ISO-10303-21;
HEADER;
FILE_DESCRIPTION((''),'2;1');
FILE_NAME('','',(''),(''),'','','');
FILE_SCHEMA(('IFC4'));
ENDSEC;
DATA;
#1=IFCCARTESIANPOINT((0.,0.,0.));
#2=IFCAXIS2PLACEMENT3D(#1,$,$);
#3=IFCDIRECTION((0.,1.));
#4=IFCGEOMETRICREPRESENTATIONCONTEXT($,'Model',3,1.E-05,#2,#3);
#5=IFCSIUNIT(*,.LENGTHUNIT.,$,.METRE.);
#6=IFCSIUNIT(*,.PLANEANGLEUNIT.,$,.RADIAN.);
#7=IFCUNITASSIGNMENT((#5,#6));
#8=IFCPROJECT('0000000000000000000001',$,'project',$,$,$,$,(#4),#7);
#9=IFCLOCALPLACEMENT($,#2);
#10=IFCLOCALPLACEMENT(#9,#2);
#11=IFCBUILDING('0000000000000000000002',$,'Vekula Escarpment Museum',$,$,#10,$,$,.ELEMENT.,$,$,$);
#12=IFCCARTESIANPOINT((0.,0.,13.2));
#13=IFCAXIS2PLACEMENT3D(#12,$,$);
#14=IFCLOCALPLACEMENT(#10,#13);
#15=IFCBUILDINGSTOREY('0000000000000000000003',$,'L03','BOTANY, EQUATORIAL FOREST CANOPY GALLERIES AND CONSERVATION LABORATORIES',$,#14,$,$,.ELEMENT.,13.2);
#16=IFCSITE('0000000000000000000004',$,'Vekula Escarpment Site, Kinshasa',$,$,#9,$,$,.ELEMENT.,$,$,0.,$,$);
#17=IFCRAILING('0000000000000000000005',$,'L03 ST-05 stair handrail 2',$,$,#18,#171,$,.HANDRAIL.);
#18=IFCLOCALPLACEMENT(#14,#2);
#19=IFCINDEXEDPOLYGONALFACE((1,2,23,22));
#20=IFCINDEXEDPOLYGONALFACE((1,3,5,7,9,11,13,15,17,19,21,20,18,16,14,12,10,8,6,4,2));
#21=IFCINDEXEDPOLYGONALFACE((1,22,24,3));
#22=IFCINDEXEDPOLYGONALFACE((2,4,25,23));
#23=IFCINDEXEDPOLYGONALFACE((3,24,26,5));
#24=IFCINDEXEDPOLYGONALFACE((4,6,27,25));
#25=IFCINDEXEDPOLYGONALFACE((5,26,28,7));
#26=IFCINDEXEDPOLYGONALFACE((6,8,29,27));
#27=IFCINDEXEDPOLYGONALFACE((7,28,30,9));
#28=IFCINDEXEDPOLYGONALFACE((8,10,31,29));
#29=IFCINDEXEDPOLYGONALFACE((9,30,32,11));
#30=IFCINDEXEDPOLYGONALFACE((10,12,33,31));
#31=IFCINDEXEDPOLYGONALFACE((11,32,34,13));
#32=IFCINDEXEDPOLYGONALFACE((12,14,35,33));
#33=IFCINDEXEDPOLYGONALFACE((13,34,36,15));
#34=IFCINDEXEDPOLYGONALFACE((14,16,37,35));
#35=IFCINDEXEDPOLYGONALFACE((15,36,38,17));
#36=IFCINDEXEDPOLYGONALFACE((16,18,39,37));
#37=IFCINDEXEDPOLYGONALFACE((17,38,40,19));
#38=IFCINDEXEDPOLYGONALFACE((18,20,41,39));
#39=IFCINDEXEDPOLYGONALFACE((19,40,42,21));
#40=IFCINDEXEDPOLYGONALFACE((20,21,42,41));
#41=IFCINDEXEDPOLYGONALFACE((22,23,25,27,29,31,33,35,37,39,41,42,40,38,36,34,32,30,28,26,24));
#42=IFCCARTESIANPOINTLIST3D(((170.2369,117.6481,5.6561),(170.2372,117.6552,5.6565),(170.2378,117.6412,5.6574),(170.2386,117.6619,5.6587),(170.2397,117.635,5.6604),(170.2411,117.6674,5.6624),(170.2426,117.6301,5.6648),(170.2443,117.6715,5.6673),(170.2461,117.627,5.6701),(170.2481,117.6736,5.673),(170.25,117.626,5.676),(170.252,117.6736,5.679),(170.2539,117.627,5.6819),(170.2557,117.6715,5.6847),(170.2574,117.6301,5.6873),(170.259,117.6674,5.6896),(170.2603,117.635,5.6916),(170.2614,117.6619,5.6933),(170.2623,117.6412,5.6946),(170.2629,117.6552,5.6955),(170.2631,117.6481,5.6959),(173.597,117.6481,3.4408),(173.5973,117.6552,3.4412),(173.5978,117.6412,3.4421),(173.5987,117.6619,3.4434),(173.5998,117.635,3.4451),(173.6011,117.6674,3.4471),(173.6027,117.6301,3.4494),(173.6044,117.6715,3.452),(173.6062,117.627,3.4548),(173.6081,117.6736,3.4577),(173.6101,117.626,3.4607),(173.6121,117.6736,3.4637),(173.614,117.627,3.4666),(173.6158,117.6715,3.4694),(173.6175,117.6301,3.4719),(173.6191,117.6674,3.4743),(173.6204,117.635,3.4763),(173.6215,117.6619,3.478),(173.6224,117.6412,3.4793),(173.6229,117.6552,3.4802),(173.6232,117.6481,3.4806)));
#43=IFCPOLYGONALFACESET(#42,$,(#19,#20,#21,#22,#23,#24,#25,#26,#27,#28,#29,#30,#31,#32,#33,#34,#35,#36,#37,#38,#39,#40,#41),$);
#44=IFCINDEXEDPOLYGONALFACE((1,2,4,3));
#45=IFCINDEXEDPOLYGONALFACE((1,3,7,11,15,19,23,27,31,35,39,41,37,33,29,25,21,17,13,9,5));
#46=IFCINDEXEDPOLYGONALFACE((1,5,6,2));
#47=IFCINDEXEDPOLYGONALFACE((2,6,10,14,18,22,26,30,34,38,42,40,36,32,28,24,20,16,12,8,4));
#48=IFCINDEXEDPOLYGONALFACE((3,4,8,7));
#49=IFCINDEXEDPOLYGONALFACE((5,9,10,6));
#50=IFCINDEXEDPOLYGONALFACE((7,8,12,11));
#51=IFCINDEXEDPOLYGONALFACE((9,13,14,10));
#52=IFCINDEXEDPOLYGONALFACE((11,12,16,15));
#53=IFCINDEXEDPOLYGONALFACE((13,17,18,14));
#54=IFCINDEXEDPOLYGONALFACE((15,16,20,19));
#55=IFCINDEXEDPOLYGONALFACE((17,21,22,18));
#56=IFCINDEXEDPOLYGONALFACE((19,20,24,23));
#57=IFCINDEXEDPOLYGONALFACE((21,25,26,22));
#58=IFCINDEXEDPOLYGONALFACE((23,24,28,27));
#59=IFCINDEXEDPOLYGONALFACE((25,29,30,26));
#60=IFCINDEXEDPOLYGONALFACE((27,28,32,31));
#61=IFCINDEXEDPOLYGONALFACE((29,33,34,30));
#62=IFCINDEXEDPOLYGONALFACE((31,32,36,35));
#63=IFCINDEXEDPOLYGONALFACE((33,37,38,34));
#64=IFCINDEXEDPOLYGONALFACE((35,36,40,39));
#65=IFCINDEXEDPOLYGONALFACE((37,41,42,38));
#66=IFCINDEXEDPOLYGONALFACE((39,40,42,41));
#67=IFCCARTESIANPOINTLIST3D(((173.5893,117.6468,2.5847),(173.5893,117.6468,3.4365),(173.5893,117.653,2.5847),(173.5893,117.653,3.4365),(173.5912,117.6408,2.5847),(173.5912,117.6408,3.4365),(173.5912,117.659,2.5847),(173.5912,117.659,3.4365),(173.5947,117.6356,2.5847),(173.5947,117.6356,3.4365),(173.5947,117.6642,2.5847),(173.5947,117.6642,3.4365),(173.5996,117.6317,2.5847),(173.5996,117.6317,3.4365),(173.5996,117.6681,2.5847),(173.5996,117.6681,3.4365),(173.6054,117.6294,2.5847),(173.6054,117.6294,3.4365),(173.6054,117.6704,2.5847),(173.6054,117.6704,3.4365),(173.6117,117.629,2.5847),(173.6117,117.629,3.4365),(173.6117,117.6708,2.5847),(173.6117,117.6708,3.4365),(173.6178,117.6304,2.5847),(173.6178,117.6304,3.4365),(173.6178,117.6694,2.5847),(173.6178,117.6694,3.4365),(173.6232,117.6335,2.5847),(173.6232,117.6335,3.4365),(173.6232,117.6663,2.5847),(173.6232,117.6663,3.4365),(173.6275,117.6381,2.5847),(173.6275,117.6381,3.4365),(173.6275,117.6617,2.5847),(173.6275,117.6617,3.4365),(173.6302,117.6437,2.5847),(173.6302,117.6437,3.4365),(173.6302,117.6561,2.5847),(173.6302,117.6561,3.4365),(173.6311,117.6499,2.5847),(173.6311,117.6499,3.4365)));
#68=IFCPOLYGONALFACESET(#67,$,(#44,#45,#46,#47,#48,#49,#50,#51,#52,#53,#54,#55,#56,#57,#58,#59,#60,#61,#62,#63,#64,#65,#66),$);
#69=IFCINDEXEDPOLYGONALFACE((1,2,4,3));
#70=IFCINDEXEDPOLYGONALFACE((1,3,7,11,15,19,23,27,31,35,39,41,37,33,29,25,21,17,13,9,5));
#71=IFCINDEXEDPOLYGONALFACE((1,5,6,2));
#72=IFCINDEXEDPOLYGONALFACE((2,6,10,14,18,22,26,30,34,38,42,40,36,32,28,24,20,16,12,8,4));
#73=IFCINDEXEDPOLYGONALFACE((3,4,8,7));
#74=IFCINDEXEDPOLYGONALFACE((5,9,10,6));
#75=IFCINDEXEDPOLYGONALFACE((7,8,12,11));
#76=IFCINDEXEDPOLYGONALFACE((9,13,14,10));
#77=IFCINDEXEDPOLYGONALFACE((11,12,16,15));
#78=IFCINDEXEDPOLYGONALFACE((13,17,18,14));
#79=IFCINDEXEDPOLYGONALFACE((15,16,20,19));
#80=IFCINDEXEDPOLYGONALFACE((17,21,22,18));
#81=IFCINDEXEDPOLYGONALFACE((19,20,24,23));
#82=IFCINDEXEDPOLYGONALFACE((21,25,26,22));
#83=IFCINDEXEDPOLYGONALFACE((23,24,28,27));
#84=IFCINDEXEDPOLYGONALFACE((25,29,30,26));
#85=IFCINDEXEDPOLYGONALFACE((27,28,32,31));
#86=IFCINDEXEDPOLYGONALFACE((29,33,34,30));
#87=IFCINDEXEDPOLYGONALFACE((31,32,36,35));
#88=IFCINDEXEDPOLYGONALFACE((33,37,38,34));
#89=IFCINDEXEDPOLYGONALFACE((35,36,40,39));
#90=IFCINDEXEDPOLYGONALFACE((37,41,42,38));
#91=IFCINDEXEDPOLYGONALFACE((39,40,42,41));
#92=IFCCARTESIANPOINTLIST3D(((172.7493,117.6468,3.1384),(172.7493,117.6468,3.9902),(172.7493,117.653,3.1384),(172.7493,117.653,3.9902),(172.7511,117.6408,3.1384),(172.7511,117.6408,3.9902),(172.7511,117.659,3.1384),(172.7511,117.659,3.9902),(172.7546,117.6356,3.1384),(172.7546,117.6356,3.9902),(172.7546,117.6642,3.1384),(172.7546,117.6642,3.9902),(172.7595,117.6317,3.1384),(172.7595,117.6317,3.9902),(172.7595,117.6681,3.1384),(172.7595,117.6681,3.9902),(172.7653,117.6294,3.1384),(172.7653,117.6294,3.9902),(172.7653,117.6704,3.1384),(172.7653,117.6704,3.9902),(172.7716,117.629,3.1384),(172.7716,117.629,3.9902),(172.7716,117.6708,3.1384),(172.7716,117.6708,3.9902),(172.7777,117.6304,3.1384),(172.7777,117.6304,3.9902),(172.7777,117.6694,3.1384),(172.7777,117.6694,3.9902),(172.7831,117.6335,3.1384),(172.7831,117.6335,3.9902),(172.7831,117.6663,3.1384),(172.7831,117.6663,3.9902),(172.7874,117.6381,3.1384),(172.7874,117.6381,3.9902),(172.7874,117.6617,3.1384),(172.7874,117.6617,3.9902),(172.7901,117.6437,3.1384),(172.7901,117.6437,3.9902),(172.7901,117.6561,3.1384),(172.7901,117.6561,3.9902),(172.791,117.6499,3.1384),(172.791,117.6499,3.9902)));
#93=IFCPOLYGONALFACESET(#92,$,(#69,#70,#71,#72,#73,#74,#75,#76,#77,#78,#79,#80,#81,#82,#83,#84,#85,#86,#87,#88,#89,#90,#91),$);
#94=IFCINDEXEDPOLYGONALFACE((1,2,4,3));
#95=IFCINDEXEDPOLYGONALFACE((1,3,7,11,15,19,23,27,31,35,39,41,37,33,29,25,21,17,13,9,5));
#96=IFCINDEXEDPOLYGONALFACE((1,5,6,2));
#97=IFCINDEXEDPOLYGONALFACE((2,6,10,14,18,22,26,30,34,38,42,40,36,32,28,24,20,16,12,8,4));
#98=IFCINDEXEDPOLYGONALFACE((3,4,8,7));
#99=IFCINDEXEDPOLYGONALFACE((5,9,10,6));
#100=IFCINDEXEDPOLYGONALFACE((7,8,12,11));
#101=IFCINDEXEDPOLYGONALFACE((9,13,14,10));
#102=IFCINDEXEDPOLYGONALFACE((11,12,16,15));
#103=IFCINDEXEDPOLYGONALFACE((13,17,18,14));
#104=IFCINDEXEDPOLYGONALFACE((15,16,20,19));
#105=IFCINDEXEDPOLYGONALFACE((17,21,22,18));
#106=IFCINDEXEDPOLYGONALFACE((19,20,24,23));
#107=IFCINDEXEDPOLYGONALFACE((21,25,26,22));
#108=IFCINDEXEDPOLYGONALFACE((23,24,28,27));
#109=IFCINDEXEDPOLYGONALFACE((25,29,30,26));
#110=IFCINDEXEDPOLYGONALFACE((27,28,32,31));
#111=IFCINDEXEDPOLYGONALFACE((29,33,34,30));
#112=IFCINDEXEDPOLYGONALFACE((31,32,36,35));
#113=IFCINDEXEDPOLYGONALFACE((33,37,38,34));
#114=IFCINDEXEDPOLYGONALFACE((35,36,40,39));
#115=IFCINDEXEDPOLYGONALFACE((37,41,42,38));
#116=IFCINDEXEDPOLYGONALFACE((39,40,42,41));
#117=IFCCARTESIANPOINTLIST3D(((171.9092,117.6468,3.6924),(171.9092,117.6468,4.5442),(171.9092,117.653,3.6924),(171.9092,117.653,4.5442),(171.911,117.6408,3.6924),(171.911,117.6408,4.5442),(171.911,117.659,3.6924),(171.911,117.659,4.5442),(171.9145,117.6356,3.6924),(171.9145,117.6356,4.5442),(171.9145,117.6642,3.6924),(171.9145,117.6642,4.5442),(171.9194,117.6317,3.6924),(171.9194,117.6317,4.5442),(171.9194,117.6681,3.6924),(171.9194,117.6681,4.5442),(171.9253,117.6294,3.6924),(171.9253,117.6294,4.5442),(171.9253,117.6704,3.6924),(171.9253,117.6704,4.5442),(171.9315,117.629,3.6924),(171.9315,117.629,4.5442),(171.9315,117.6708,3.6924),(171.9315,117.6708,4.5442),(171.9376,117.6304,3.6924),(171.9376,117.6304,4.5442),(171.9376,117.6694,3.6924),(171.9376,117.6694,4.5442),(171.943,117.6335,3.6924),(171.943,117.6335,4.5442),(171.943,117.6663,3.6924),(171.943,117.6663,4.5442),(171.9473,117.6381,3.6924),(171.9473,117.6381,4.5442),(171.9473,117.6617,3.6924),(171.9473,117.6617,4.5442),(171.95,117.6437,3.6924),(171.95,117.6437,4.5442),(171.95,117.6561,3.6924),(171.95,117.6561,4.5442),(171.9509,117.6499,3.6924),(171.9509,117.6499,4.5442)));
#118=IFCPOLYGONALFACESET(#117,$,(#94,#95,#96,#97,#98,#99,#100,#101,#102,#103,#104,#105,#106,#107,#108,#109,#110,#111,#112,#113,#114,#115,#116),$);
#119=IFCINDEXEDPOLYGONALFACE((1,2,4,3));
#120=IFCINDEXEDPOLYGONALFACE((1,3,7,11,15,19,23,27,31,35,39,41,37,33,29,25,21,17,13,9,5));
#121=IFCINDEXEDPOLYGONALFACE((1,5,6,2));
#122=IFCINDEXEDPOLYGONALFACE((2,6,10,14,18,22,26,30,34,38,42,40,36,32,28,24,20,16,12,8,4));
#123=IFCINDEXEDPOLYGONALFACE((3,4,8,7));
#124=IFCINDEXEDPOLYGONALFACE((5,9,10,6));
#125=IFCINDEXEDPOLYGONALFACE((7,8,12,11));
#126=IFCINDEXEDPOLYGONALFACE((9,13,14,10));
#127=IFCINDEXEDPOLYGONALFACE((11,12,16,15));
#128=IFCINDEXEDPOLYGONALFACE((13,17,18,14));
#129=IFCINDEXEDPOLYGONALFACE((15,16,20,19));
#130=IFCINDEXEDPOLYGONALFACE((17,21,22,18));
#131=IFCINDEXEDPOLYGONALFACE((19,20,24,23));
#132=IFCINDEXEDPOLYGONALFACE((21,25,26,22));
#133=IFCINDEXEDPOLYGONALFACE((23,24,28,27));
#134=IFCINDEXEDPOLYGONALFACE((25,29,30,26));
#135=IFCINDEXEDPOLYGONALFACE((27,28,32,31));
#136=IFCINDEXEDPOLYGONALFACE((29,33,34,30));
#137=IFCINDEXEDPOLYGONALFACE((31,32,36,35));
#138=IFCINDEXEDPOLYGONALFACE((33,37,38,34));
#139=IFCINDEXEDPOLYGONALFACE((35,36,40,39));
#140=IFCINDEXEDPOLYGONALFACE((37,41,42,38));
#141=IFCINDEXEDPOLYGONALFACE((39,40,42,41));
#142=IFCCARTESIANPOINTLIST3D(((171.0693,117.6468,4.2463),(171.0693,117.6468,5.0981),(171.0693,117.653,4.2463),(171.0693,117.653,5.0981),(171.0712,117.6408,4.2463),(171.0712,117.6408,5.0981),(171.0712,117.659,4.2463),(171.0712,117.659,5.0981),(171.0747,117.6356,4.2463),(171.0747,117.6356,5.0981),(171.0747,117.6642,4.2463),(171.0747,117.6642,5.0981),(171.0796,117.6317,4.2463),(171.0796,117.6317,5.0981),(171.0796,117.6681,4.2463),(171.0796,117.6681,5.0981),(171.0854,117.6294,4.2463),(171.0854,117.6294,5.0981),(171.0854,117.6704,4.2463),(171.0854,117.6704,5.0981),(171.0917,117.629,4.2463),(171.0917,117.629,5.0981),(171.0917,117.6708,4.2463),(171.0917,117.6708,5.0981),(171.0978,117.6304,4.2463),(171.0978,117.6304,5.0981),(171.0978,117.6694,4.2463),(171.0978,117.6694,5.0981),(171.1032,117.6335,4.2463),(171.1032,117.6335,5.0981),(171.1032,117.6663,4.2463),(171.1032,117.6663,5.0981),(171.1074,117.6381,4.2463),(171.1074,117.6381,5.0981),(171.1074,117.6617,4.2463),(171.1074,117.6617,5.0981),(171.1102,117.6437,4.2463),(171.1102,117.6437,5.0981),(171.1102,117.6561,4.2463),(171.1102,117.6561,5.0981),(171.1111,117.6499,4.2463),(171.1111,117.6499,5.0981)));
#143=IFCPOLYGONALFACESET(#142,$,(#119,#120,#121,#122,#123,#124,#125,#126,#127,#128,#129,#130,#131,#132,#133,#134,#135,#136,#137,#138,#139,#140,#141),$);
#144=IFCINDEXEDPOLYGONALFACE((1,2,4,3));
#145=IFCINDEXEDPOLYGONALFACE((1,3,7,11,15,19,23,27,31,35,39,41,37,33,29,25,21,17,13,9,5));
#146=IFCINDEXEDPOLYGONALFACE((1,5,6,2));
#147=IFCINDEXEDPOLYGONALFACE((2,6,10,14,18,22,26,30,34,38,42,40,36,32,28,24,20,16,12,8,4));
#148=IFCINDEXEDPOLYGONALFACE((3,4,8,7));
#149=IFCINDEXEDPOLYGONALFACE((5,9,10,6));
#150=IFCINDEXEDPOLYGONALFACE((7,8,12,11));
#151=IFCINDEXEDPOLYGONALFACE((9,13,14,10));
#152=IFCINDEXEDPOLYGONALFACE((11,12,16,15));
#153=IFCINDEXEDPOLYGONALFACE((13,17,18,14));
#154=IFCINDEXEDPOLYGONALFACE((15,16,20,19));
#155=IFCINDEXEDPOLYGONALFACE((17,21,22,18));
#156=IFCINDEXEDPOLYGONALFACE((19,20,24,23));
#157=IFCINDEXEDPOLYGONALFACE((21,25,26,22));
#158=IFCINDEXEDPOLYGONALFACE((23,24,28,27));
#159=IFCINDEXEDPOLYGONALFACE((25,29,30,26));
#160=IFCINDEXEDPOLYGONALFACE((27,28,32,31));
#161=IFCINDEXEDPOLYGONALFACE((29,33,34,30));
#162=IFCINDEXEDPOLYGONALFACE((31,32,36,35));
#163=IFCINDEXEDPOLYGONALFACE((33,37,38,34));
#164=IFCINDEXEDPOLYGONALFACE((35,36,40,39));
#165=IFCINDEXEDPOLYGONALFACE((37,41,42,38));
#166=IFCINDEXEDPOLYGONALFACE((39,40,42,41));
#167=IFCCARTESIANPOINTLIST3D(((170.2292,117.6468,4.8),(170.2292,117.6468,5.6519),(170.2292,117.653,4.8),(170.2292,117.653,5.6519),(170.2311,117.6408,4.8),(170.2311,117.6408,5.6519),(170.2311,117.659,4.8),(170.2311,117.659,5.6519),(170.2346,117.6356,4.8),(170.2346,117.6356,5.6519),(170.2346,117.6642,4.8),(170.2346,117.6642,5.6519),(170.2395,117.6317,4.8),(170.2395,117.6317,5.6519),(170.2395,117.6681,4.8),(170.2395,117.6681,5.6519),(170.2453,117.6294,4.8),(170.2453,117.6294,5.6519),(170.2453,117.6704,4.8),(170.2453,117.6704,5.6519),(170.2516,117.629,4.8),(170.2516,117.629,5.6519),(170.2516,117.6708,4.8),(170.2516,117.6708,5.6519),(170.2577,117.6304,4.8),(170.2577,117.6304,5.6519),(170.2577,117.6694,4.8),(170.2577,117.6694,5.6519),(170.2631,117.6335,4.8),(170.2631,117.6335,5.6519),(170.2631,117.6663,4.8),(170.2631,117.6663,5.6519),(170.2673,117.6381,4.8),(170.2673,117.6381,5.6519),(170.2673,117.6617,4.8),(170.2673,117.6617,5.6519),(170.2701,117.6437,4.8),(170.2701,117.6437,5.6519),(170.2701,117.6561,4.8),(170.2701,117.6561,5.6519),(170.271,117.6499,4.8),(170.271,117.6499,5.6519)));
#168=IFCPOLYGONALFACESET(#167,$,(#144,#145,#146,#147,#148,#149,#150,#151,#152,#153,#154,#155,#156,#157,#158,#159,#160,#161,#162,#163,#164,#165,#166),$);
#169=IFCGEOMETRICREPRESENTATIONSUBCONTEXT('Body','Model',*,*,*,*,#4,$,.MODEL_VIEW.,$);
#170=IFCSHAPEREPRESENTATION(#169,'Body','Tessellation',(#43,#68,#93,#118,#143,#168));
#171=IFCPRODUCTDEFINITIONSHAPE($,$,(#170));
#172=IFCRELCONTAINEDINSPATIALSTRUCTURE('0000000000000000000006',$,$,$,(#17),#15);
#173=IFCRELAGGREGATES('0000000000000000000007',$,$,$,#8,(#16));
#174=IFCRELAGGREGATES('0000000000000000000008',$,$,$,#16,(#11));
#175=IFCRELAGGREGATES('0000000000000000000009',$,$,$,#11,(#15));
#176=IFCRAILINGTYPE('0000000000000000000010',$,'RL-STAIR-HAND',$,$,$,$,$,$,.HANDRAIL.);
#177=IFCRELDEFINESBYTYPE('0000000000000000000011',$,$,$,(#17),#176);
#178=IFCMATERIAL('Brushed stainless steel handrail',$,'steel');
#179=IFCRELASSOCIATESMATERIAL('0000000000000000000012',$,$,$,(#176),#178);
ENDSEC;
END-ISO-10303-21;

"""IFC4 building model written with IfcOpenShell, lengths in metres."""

from ifc_helpers import new_model, si_unit, direction, frame, origin, origin_2d, place, context, subcontext, project, spatial, circle, extrude, material, type_object, element, save


model = new_model("IFC4")

# Units and contexts
model_context = context("Model", 3, precision=1e-05, world=origin(), true_north=direction((0.0, 1.0)))
body_context = subcontext(model_context, "Body", "Model", "MODEL_VIEW")
ifc_project = project(units=[si_unit("LENGTHUNIT", "METRE"), si_unit("PLANEANGLEUNIT", "RADIAN")], contexts=[model_context])

# Site, building, storey
site_placement = place(None, origin())
site = spatial("IfcSite", under=ifc_project, at=site_placement, Name="Vekula Escarpment Site, Kinshasa", CompositionType="ELEMENT", RefElevation=0.0)
building_placement = place(site_placement, origin())
building = spatial("IfcBuilding", under=site, at=building_placement, Name="Vekula Escarpment Museum", CompositionType="ELEMENT")
storey_placement = place(building_placement, frame((0.0, 0.0, 13.2)))
storey = spatial("IfcBuildingStorey", under=building, at=storey_placement, Name="L03", Description="BOTANY, EQUATORIAL FOREST CANOPY GALLERIES AND CONSERVATION LABORATORIES", CompositionType="ELEMENT", Elevation=13.2)

# Railing
ifc_material_1 = material(Name="Brushed stainless steel handrail", Category="steel")
railing_type = type_object("IfcRailingType", Name="RL-STAIR-HAND", PredefinedType="HANDRAIL", material=ifc_material_1)
railing_placement = place(storey_placement, frame((173.6101, 117.6499, 2.5847)))
element("IfcRailing", 1, at=railing_placement, inside=storey, type_object=railing_type, Name="L03 ST-05 stair handrail 2", PredefinedType="HANDRAIL", context=body_context, shape_type="SweptSolid", body=[
    extrude(circle(Radius=0.0239, at=origin_2d()), frame((0.0, 0.0, 0.876), z_axis=(-0.834876, 0.0, 0.550437), x_axis=(0.0, -1.0, 0.0)), (0.0, 0.0, 1.0), 4.0247),
    extrude(circle(Radius=0.021, at=origin_2d()), origin(), (0.0, 0.0, 1.0), 0.8518),
    extrude(circle(Radius=0.021, at=origin_2d()), frame((-0.8401, 0.0, 0.5537)), (0.0, 0.0, 1.0), 0.8518),
    extrude(circle(Radius=0.021, at=origin_2d()), frame((-1.6802, 0.0, 1.1077)), (0.0, 0.0, 1.0), 0.8518),
    extrude(circle(Radius=0.021, at=origin_2d()), frame((-2.52, 0.0, 1.6616)), (0.0, 0.0, 1.0), 0.8518),
    extrude(circle(Radius=0.021, at=origin_2d()), frame((-3.3601, 0.0, 2.2153)), (0.0, 0.0, 1.0), 0.8518),
])

save(model, "model.ifc")
